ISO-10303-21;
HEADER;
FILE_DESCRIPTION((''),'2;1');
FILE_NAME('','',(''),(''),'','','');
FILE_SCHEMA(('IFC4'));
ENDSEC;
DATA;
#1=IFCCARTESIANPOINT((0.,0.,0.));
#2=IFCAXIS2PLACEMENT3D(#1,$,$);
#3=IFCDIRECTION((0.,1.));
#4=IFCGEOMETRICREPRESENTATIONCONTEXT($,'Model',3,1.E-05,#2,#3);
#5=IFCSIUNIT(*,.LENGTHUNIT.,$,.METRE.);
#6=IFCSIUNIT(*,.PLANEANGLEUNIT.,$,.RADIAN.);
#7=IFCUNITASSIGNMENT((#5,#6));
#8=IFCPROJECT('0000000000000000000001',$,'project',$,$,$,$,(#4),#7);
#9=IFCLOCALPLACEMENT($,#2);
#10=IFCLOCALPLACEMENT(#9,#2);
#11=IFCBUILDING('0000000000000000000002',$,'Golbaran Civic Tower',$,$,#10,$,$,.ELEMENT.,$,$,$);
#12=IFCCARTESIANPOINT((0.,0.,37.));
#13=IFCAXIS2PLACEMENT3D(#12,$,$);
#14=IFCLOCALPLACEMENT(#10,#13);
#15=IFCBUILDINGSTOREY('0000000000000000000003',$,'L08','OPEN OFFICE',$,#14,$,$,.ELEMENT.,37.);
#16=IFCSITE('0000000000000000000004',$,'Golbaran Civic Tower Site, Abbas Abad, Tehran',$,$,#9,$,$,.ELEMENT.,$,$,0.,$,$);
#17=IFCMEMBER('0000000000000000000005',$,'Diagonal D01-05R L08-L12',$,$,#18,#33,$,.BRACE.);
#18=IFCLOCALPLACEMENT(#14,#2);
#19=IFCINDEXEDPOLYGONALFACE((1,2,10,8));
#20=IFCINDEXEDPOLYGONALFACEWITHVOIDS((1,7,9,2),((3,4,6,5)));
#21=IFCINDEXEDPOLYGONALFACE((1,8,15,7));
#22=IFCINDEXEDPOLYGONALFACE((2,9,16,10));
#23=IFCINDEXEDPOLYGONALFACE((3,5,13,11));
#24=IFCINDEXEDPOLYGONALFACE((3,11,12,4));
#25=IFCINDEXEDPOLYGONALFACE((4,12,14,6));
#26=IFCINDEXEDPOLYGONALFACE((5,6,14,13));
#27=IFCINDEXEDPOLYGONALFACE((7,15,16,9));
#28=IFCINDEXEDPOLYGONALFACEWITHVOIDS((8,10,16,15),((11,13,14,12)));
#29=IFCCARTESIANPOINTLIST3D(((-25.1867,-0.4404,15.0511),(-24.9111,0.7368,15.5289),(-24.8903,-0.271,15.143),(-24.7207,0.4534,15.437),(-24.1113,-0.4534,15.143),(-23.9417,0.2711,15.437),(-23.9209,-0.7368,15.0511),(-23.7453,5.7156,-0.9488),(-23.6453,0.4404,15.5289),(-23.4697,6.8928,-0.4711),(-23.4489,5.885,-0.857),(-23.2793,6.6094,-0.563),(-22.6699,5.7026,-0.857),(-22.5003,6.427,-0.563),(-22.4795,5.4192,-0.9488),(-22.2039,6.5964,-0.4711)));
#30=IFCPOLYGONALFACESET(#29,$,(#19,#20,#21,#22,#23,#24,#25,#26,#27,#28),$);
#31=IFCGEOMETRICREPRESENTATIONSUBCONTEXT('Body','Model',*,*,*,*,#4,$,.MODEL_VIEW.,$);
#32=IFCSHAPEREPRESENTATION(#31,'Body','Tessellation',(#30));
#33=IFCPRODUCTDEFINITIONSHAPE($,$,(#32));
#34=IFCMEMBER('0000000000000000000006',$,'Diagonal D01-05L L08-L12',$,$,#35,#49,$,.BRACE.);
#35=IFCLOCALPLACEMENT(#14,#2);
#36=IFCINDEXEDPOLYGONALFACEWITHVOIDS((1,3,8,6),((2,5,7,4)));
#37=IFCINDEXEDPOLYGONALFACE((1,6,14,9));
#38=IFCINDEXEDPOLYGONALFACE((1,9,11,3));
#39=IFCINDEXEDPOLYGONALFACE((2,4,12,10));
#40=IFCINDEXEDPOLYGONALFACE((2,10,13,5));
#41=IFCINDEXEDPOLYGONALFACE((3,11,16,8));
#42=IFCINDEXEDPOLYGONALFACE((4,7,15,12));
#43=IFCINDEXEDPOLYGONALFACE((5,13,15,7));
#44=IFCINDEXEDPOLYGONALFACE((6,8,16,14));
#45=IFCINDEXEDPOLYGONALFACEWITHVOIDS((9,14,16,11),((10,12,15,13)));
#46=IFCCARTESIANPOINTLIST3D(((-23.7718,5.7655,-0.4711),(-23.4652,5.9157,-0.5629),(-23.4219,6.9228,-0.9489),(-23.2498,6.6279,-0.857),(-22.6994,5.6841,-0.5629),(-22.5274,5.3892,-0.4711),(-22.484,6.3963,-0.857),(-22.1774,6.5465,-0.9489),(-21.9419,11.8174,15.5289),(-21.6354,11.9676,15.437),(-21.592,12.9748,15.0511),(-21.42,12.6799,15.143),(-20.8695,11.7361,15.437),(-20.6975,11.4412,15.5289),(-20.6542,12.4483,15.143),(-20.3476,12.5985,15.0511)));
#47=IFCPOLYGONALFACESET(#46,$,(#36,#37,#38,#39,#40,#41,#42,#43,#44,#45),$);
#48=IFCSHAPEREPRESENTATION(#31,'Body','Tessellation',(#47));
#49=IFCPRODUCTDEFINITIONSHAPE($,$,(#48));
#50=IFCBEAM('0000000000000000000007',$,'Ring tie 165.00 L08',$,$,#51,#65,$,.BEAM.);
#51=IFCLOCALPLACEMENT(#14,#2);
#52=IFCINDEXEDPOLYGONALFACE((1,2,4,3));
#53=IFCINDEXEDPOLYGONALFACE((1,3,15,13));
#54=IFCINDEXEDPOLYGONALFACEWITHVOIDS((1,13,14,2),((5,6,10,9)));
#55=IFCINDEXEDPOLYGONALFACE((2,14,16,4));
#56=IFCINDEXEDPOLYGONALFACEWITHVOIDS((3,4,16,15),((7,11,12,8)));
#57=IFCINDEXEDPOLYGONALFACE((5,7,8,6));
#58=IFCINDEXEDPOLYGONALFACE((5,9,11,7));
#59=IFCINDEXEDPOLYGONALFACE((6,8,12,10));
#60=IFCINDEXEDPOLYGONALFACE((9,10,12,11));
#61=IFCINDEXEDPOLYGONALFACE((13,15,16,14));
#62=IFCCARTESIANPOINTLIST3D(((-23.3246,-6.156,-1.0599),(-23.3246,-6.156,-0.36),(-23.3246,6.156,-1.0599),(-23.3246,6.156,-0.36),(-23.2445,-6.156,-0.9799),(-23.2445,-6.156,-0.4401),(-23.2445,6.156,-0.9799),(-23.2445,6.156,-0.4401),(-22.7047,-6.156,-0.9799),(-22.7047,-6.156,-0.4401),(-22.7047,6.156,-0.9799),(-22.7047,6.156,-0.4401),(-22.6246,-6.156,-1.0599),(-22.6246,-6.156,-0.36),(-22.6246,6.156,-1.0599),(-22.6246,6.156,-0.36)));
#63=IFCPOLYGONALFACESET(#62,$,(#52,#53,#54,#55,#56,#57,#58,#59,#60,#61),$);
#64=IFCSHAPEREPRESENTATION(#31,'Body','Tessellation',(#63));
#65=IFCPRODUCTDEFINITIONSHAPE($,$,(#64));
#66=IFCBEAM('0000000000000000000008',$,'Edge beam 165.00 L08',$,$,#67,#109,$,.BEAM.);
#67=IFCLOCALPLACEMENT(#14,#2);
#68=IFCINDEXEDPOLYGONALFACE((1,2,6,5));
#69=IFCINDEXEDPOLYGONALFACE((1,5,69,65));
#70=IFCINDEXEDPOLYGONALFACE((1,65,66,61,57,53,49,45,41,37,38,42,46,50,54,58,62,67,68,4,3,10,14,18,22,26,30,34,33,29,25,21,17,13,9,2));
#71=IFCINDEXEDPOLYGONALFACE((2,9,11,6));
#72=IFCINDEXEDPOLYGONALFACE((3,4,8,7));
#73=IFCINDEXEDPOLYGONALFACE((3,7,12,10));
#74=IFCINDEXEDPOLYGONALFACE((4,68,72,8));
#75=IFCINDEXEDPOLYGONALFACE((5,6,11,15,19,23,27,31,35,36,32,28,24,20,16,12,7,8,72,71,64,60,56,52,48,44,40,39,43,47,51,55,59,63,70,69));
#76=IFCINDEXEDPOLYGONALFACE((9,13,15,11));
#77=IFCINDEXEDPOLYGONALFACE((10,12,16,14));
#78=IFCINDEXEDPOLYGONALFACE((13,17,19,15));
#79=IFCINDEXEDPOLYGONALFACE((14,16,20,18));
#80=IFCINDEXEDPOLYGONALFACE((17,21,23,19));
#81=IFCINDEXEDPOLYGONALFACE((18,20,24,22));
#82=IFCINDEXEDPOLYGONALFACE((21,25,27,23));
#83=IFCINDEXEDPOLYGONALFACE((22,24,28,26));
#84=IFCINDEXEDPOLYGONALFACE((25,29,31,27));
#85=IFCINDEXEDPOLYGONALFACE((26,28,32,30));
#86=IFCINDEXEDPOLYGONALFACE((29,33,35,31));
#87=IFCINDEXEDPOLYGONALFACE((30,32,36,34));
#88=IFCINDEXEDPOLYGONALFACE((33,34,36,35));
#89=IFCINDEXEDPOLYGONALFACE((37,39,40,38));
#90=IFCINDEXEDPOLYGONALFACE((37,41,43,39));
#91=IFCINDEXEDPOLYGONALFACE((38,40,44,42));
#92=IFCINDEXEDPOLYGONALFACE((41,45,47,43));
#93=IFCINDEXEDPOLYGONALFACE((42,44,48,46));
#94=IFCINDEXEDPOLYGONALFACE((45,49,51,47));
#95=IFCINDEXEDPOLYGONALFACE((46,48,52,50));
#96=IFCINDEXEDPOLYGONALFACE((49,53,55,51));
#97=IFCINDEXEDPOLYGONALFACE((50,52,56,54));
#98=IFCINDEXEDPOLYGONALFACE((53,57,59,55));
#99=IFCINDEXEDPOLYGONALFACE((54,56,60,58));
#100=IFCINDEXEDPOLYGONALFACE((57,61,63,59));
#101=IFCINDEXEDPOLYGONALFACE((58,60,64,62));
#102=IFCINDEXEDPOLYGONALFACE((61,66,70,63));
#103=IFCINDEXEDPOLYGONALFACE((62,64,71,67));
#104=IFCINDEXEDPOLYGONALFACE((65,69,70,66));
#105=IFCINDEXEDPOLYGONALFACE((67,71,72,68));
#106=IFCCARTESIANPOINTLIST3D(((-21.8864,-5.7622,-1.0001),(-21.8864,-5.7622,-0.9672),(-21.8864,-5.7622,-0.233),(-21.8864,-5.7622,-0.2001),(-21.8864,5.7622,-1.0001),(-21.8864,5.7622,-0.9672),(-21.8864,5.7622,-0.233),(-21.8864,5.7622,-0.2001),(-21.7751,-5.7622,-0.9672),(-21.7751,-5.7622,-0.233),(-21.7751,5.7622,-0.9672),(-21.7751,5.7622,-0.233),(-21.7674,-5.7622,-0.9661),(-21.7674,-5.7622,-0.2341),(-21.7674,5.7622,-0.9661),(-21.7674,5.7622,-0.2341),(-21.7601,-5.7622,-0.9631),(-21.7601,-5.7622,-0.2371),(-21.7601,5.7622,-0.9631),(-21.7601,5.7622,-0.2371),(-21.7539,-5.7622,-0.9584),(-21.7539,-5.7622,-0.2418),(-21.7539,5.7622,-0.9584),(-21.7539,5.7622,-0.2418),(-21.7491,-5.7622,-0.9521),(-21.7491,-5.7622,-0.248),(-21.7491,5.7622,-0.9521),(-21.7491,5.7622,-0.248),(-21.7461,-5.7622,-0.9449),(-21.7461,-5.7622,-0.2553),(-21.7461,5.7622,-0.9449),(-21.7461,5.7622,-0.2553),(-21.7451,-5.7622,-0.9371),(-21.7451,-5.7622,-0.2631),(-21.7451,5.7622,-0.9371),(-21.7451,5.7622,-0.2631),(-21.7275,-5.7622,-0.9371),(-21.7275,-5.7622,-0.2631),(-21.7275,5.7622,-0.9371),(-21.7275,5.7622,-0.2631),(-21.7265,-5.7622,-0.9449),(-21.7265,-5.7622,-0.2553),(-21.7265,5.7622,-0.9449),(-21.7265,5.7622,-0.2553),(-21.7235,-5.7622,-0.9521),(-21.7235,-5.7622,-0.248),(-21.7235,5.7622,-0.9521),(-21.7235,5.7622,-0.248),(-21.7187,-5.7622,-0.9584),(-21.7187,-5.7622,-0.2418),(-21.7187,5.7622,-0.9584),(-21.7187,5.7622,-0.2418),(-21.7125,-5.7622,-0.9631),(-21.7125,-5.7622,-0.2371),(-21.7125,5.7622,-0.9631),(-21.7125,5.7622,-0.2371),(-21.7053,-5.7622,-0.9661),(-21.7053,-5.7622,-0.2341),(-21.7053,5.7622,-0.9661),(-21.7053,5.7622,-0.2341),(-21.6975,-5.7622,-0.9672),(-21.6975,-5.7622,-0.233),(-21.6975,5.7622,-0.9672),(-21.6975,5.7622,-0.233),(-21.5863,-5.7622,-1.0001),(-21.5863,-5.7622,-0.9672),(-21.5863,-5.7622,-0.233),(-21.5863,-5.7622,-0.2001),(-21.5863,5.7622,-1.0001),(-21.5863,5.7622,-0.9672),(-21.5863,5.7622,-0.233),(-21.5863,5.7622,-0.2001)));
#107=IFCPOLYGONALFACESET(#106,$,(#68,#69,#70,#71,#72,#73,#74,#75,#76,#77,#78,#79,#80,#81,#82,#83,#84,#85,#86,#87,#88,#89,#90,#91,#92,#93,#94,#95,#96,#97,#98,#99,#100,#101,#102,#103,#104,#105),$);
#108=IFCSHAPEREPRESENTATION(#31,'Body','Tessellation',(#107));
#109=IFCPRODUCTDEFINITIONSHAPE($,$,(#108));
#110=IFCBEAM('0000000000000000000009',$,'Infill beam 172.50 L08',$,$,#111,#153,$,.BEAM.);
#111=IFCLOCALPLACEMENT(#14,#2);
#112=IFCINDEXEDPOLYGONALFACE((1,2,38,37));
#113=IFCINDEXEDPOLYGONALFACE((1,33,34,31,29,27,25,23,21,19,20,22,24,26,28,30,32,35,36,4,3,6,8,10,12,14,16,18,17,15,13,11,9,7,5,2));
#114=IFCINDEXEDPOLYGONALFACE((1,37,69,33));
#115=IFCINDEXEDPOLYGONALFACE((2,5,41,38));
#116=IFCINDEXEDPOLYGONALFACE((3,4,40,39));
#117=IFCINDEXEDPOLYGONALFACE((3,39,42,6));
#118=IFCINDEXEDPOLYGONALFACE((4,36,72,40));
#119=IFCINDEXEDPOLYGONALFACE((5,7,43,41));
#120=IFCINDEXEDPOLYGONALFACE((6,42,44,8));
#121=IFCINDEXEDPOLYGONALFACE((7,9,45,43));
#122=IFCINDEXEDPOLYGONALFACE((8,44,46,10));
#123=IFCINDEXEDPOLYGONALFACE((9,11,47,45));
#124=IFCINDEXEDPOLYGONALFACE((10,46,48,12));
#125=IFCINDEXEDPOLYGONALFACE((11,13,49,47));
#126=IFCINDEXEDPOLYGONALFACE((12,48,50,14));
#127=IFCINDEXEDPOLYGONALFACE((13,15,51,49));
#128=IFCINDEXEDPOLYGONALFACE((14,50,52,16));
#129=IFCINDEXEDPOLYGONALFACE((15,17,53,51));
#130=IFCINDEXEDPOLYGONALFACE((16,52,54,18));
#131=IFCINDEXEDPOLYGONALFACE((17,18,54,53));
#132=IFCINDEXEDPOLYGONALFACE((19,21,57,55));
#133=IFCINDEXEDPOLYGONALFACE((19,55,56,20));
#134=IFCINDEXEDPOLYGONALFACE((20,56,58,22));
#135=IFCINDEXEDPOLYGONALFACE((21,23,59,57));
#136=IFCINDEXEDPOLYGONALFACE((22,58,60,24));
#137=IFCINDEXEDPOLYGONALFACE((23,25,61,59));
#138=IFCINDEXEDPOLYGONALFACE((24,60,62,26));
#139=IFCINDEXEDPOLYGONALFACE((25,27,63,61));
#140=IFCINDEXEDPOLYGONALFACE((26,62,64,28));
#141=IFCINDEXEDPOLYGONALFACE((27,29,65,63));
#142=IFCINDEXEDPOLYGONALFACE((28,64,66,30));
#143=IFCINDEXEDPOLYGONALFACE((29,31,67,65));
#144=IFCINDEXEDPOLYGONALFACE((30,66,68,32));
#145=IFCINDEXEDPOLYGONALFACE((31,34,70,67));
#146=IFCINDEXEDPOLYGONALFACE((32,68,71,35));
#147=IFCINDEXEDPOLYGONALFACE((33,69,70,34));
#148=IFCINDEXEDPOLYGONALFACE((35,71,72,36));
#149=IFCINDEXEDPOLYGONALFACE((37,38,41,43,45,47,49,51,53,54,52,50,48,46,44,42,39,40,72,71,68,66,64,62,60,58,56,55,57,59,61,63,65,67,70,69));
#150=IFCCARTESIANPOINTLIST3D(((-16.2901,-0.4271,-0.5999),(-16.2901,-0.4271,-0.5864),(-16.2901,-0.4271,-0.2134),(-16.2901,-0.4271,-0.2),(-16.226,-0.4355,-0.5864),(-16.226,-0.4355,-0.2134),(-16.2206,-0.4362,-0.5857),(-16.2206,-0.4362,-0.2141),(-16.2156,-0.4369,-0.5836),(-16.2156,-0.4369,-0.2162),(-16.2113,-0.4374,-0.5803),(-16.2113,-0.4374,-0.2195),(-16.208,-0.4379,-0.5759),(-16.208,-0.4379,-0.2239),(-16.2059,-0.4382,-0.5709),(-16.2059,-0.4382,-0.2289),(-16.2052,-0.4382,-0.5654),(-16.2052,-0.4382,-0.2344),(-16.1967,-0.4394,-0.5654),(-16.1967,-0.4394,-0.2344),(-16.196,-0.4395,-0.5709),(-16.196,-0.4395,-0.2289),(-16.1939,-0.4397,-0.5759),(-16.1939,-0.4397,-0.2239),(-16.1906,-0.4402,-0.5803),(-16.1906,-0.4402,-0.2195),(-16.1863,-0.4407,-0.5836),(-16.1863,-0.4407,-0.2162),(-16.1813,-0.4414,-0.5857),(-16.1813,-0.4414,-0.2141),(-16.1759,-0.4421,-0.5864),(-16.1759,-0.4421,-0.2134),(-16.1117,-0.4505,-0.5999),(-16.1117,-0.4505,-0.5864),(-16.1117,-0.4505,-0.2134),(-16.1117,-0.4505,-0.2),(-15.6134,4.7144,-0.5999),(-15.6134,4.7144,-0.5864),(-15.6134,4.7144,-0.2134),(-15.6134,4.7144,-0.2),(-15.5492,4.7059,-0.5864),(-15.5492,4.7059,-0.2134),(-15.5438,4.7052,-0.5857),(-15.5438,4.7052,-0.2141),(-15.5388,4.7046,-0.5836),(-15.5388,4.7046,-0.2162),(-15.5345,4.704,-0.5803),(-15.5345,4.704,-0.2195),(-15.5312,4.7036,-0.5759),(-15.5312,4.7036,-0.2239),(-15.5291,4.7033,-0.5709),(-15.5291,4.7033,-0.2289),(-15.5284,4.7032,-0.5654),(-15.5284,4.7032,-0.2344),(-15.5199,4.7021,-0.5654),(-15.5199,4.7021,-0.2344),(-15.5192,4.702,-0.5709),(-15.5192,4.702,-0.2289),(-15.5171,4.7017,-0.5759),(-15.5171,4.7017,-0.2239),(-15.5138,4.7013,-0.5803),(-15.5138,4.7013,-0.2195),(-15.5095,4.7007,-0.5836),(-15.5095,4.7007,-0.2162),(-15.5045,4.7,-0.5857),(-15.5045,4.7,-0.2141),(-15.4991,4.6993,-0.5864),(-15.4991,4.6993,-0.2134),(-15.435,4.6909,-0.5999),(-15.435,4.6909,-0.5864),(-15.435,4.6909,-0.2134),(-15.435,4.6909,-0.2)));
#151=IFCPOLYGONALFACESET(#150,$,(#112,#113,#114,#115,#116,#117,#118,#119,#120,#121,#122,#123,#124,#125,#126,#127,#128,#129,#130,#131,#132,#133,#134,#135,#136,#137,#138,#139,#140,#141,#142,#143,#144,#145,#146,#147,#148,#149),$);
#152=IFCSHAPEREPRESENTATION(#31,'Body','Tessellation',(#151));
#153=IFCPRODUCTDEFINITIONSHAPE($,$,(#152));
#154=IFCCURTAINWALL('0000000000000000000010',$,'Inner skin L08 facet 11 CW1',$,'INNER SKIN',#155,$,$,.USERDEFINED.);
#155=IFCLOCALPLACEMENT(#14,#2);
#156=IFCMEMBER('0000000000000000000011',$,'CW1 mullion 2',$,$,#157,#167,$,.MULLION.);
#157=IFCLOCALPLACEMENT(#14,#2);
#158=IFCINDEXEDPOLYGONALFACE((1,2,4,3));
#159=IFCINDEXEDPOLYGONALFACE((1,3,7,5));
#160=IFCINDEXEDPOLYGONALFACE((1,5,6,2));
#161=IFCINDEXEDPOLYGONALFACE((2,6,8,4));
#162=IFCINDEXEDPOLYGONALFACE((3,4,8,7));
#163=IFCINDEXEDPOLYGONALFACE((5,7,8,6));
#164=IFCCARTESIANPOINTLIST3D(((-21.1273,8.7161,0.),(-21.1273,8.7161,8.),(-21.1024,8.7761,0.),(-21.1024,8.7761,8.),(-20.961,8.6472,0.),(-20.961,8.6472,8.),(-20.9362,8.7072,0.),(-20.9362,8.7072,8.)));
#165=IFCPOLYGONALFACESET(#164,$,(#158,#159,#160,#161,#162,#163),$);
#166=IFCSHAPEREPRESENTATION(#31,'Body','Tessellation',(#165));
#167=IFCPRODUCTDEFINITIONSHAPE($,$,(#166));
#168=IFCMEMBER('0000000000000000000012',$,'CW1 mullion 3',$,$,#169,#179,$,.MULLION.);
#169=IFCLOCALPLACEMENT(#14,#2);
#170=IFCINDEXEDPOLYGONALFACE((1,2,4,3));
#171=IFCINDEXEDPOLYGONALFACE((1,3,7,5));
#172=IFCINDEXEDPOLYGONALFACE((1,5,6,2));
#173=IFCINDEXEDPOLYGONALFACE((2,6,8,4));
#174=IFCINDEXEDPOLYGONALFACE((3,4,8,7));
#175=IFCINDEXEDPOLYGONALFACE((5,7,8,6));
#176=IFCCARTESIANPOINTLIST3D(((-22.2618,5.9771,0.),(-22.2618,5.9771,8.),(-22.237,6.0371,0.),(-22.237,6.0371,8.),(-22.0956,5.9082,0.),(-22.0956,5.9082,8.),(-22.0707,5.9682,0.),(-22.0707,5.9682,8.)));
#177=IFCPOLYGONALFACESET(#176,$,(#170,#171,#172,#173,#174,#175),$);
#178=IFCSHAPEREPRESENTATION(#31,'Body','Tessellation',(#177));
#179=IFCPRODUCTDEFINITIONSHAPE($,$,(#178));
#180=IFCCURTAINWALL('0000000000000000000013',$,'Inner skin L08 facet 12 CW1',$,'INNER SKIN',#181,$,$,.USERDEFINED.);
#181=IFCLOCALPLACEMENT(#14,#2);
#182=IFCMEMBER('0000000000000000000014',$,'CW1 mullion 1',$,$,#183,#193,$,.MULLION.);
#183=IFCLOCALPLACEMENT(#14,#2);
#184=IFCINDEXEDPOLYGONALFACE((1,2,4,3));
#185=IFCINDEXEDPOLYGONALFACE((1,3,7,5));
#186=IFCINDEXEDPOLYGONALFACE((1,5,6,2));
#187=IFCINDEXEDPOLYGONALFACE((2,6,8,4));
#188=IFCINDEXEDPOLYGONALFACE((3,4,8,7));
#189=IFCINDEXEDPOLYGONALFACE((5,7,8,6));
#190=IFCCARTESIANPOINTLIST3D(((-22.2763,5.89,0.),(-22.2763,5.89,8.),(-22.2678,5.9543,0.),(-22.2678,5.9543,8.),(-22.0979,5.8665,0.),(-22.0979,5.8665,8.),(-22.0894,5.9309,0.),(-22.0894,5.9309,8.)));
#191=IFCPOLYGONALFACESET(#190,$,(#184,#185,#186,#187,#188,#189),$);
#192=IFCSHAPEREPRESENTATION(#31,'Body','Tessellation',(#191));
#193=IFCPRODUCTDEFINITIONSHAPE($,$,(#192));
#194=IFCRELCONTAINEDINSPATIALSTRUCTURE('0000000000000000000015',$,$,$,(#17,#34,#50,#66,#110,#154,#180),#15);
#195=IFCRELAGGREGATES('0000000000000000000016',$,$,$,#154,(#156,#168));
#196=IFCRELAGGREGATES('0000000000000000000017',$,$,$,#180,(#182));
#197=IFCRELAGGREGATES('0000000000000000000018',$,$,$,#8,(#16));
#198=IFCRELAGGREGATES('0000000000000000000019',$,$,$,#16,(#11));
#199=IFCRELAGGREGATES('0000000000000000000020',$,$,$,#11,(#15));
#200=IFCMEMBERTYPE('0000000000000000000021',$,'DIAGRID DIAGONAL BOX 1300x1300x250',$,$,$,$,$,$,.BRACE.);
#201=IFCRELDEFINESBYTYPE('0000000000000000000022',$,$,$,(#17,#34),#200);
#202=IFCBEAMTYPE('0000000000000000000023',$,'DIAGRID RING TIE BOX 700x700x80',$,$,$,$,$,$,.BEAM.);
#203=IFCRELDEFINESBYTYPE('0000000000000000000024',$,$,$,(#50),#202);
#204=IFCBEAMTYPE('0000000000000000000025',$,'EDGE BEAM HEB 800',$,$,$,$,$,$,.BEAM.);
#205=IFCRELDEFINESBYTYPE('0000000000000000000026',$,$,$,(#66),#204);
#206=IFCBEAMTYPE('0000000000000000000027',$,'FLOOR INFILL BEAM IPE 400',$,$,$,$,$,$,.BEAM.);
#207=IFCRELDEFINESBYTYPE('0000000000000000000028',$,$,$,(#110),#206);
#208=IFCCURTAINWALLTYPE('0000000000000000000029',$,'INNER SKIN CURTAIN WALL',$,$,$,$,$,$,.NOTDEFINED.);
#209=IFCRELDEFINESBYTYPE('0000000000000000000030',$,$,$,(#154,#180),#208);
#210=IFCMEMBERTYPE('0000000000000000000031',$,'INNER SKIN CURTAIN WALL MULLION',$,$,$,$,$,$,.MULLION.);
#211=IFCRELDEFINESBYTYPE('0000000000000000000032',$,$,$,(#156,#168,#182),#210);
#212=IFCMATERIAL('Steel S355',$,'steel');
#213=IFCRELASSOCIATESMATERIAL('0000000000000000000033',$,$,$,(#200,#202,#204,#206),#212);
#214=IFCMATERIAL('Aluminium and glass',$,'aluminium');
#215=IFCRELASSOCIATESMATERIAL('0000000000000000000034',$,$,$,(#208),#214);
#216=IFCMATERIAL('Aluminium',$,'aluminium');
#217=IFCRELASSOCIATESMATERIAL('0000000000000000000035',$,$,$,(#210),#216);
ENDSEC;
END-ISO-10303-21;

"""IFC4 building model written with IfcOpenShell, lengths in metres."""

from ifc_helpers import new_model, si_unit, direction, frame, origin, origin_2d, place, context, subcontext, project, spatial, rectangle, hollow_rectangle, i_section, extrude, material, material_profile, profile_set, type_object, element, aggregate, save


model = new_model("IFC4")

# Units and contexts
model_context = context("Model", 3, precision=1e-05, world=origin(), true_north=direction((0.0, 1.0)))
body_context = subcontext(model_context, "Body", "Model", "MODEL_VIEW")
ifc_project = project(units=[si_unit("LENGTHUNIT", "METRE"), si_unit("PLANEANGLEUNIT", "RADIAN")], contexts=[model_context])

# Site, building, storey
site_placement = place(None, origin())
site = spatial("IfcSite", under=ifc_project, at=site_placement, Name="Golbaran Civic Tower Site, Abbas Abad, Tehran", CompositionType="ELEMENT", RefElevation=0.0)
building_placement = place(site_placement, origin())
building = spatial("IfcBuilding", under=site, at=building_placement, Name="Golbaran Civic Tower", CompositionType="ELEMENT")
storey_placement = place(building_placement, frame((0.0, 0.0, 37.0)))
storey = spatial("IfcBuildingStorey", under=building, at=storey_placement, Name="L08", Description="OPEN OFFICE", CompositionType="ELEMENT", Elevation=37.0)

# Members
ifc_material_1 = material(Name="Steel S355", Category="steel")
ifc_material_profile_1 = material_profile(ifc_material_1, hollow_rectangle(XDim=1.3, YDim=1.3, WallThickness=0.25, at=origin_2d()), Name="BOX 1300x1300x250")
ifc_profile_set_1 = profile_set([ifc_material_profile_1], Name="Steel S355")
member_type_1 = type_object("IfcMemberType", Name="DIAGRID DIAGONAL BOX 1300x1300x250", PredefinedType="BRACE", material=ifc_profile_set_1)
for number, where, z_axis, x_axis, name in (
    (1, (-22.9746, 6.156, -0.71), (-0.083784, -0.357826, 0.930022), (0.973666, -0.22798, 0.0), "Diagonal D01-05R L08-L12"),
    (2, (-22.9746, 6.156, -0.71), (0.106361, 0.35178, 0.93002), (-0.957204, 0.289413, 0.0), "Diagonal D01-05L L08-L12"),
):
    element("IfcMember", number, at=place(storey_placement, frame(where, z_axis=z_axis, x_axis=x_axis)), inside=storey, type_object=member_type_1, Name=name, PredefinedType="BRACE", context=body_context, shape_type="SweptSolid", body=[
        extrude(hollow_rectangle(XDim=1.3, YDim=1.3, WallThickness=0.25, at=origin_2d()), origin(), (0.0, 0.0, 1.0), 17.2039),
    ])

# Beams
ifc_material_profile_2 = material_profile(ifc_material_1, hollow_rectangle(XDim=0.7, YDim=0.7, WallThickness=0.0801, at=origin_2d()), Name="BOX 700x700x80")
ifc_profile_set_2 = profile_set([ifc_material_profile_2], Name="Steel S355")
beam_type_1 = type_object("IfcBeamType", Name="DIAGRID RING TIE BOX 700x700x80", PredefinedType="BEAM", material=ifc_profile_set_2)
beam_1_placement = place(storey_placement, frame((-22.9746, 6.156, -0.71), z_axis=(0.0, -1.0, 0.0), x_axis=(1.0, 0.0, 0.0)))
element("IfcBeam", 3, at=beam_1_placement, inside=storey, type_object=beam_type_1, Name="Ring tie 165.00 L08", PredefinedType="BEAM", context=body_context, shape_type="SweptSolid", body=[
    extrude(hollow_rectangle(XDim=0.7, YDim=0.7, WallThickness=0.0801, at=origin_2d()), origin(), (0.0, 0.0, 1.0), 12.312),
])
ifc_material_profile_3 = material_profile(ifc_material_1, i_section(OverallWidth=0.3, OverallDepth=0.8, WebThickness=0.0176, FlangeThickness=0.033, FilletRadius=0.03, at=origin_2d()), Name="HEB 800")
ifc_profile_set_3 = profile_set([ifc_material_profile_3], Name="Steel S355")
beam_type_2 = type_object("IfcBeamType", Name="EDGE BEAM HEB 800", PredefinedType="BEAM", material=ifc_profile_set_3)
beam_2_placement = place(storey_placement, frame((-21.7363, 5.7622, -0.6001), z_axis=(0.0, -1.0, 0.0), x_axis=(1.0, 0.0, 0.0)))
element("IfcBeam", 4, at=beam_2_placement, inside=storey, type_object=beam_type_2, Name="Edge beam 165.00 L08", PredefinedType="BEAM", context=body_context, shape_type="SweptSolid", body=[
    extrude(i_section(OverallWidth=0.3, OverallDepth=0.8, WebThickness=0.0176, FlangeThickness=0.033, FilletRadius=0.03, at=origin_2d()), origin(), (0.0, 0.0, 1.0), 11.5244),
])
ifc_material_profile_4 = material_profile(ifc_material_1, i_section(OverallWidth=0.1799, OverallDepth=0.3999, WebThickness=0.0085, FlangeThickness=0.0134, FilletRadius=0.021, at=origin_2d()), Name="IPE 400")
ifc_profile_set_4 = profile_set([ifc_material_profile_4], Name="Steel S355")
beam_type_3 = type_object("IfcBeamType", Name="FLOOR INFILL BEAM IPE 400", PredefinedType="BEAM", material=ifc_profile_set_4)
beam_3_placement = place(storey_placement, frame((-15.5242, 4.7026, -0.3999), z_axis=(-0.130504, -0.991448, 0.0), x_axis=(0.991448, -0.130504, 0.0)))
element("IfcBeam", 5, at=beam_3_placement, inside=storey, type_object=beam_type_3, Name="Infill beam 172.50 L08", PredefinedType="BEAM", context=body_context, shape_type="SweptSolid", body=[
    extrude(i_section(OverallWidth=0.1799, OverallDepth=0.3999, WebThickness=0.0085, FlangeThickness=0.0134, FilletRadius=0.021, at=origin_2d()), origin(), (0.0, 0.0, 1.0), 5.1858),
])

# Curtain walls, members
ifc_material_2 = material(Name="Aluminium and glass", Category="aluminium")
curtain_wall_type_1 = type_object("IfcCurtainWallType", Name="INNER SKIN CURTAIN WALL", PredefinedType="NOTDEFINED", material=ifc_material_2)
curtain_wall_1_placement = place(storey_placement, origin())
curtain_wall_1 = element("IfcCurtainWall", 6, at=curtain_wall_1_placement, inside=storey, type_object=curtain_wall_type_1, Name="Inner skin L08 facet 11 CW1", ObjectType="INNER SKIN", PredefinedType="USERDEFINED")
ifc_material_3 = material(Name="Aluminium", Category="aluminium")
ifc_material_profile_5 = material_profile(ifc_material_3, rectangle(XDim=0.1799, YDim=0.0649, at=origin_2d()), Name="INNER SKIN CURTAIN WALL MULLION")
ifc_profile_set_5 = profile_set([ifc_material_profile_5], Name="Aluminium")
member_type_2 = type_object("IfcMemberType", Name="INNER SKIN CURTAIN WALL MULLION", PredefinedType="MULLION", material=ifc_profile_set_5)
member_1_placement = place(storey_placement, frame((-21.0317, 8.7117, 0.0), z_axis=(0.0, 0.0, 1.0), x_axis=(0.92388, -0.382683, 0.0)))
member_1 = element("IfcMember", 7, at=member_1_placement, type_object=member_type_2, Name="CW1 mullion 2", PredefinedType="MULLION", context=body_context, shape_type="SweptSolid", body=[
    extrude(rectangle(XDim=0.1799, YDim=0.0649, at=origin_2d()), origin(), (0.0, 0.0, 1.0), 8.0),
])
member_2_placement = place(storey_placement, frame((-22.1663, 5.9727, 0.0), z_axis=(0.0, 0.0, 1.0), x_axis=(0.92388, -0.382683, 0.0)))
member_2 = element("IfcMember", 8, at=member_2_placement, type_object=member_type_2, Name="CW1 mullion 3", PredefinedType="MULLION", context=body_context, shape_type="SweptSolid", body=[
    extrude(rectangle(XDim=0.1799, YDim=0.0649, at=origin_2d()), origin(), (0.0, 0.0, 1.0), 8.0),
])
curtain_wall_2_placement = place(storey_placement, origin())
curtain_wall_2 = element("IfcCurtainWall", 9, at=curtain_wall_2_placement, inside=storey, type_object=curtain_wall_type_1, Name="Inner skin L08 facet 12 CW1", ObjectType="INNER SKIN", PredefinedType="USERDEFINED")
member_3_placement = place(storey_placement, frame((-22.1829, 5.9104, 0.0), z_axis=(0.0, 0.0, 1.0), x_axis=(0.991445, -0.130526, 0.0)))
member_3 = element("IfcMember", 10, at=member_3_placement, type_object=member_type_2, Name="CW1 mullion 1", PredefinedType="MULLION", context=body_context, shape_type="SweptSolid", body=[
    extrude(rectangle(XDim=0.1799, YDim=0.0649, at=origin_2d()), origin(), (0.0, 0.0, 1.0), 8.0),
])

aggregate(curtain_wall_1, [member_1, member_2])
aggregate(curtain_wall_2, [member_3])

save(model, "model.ifc")
